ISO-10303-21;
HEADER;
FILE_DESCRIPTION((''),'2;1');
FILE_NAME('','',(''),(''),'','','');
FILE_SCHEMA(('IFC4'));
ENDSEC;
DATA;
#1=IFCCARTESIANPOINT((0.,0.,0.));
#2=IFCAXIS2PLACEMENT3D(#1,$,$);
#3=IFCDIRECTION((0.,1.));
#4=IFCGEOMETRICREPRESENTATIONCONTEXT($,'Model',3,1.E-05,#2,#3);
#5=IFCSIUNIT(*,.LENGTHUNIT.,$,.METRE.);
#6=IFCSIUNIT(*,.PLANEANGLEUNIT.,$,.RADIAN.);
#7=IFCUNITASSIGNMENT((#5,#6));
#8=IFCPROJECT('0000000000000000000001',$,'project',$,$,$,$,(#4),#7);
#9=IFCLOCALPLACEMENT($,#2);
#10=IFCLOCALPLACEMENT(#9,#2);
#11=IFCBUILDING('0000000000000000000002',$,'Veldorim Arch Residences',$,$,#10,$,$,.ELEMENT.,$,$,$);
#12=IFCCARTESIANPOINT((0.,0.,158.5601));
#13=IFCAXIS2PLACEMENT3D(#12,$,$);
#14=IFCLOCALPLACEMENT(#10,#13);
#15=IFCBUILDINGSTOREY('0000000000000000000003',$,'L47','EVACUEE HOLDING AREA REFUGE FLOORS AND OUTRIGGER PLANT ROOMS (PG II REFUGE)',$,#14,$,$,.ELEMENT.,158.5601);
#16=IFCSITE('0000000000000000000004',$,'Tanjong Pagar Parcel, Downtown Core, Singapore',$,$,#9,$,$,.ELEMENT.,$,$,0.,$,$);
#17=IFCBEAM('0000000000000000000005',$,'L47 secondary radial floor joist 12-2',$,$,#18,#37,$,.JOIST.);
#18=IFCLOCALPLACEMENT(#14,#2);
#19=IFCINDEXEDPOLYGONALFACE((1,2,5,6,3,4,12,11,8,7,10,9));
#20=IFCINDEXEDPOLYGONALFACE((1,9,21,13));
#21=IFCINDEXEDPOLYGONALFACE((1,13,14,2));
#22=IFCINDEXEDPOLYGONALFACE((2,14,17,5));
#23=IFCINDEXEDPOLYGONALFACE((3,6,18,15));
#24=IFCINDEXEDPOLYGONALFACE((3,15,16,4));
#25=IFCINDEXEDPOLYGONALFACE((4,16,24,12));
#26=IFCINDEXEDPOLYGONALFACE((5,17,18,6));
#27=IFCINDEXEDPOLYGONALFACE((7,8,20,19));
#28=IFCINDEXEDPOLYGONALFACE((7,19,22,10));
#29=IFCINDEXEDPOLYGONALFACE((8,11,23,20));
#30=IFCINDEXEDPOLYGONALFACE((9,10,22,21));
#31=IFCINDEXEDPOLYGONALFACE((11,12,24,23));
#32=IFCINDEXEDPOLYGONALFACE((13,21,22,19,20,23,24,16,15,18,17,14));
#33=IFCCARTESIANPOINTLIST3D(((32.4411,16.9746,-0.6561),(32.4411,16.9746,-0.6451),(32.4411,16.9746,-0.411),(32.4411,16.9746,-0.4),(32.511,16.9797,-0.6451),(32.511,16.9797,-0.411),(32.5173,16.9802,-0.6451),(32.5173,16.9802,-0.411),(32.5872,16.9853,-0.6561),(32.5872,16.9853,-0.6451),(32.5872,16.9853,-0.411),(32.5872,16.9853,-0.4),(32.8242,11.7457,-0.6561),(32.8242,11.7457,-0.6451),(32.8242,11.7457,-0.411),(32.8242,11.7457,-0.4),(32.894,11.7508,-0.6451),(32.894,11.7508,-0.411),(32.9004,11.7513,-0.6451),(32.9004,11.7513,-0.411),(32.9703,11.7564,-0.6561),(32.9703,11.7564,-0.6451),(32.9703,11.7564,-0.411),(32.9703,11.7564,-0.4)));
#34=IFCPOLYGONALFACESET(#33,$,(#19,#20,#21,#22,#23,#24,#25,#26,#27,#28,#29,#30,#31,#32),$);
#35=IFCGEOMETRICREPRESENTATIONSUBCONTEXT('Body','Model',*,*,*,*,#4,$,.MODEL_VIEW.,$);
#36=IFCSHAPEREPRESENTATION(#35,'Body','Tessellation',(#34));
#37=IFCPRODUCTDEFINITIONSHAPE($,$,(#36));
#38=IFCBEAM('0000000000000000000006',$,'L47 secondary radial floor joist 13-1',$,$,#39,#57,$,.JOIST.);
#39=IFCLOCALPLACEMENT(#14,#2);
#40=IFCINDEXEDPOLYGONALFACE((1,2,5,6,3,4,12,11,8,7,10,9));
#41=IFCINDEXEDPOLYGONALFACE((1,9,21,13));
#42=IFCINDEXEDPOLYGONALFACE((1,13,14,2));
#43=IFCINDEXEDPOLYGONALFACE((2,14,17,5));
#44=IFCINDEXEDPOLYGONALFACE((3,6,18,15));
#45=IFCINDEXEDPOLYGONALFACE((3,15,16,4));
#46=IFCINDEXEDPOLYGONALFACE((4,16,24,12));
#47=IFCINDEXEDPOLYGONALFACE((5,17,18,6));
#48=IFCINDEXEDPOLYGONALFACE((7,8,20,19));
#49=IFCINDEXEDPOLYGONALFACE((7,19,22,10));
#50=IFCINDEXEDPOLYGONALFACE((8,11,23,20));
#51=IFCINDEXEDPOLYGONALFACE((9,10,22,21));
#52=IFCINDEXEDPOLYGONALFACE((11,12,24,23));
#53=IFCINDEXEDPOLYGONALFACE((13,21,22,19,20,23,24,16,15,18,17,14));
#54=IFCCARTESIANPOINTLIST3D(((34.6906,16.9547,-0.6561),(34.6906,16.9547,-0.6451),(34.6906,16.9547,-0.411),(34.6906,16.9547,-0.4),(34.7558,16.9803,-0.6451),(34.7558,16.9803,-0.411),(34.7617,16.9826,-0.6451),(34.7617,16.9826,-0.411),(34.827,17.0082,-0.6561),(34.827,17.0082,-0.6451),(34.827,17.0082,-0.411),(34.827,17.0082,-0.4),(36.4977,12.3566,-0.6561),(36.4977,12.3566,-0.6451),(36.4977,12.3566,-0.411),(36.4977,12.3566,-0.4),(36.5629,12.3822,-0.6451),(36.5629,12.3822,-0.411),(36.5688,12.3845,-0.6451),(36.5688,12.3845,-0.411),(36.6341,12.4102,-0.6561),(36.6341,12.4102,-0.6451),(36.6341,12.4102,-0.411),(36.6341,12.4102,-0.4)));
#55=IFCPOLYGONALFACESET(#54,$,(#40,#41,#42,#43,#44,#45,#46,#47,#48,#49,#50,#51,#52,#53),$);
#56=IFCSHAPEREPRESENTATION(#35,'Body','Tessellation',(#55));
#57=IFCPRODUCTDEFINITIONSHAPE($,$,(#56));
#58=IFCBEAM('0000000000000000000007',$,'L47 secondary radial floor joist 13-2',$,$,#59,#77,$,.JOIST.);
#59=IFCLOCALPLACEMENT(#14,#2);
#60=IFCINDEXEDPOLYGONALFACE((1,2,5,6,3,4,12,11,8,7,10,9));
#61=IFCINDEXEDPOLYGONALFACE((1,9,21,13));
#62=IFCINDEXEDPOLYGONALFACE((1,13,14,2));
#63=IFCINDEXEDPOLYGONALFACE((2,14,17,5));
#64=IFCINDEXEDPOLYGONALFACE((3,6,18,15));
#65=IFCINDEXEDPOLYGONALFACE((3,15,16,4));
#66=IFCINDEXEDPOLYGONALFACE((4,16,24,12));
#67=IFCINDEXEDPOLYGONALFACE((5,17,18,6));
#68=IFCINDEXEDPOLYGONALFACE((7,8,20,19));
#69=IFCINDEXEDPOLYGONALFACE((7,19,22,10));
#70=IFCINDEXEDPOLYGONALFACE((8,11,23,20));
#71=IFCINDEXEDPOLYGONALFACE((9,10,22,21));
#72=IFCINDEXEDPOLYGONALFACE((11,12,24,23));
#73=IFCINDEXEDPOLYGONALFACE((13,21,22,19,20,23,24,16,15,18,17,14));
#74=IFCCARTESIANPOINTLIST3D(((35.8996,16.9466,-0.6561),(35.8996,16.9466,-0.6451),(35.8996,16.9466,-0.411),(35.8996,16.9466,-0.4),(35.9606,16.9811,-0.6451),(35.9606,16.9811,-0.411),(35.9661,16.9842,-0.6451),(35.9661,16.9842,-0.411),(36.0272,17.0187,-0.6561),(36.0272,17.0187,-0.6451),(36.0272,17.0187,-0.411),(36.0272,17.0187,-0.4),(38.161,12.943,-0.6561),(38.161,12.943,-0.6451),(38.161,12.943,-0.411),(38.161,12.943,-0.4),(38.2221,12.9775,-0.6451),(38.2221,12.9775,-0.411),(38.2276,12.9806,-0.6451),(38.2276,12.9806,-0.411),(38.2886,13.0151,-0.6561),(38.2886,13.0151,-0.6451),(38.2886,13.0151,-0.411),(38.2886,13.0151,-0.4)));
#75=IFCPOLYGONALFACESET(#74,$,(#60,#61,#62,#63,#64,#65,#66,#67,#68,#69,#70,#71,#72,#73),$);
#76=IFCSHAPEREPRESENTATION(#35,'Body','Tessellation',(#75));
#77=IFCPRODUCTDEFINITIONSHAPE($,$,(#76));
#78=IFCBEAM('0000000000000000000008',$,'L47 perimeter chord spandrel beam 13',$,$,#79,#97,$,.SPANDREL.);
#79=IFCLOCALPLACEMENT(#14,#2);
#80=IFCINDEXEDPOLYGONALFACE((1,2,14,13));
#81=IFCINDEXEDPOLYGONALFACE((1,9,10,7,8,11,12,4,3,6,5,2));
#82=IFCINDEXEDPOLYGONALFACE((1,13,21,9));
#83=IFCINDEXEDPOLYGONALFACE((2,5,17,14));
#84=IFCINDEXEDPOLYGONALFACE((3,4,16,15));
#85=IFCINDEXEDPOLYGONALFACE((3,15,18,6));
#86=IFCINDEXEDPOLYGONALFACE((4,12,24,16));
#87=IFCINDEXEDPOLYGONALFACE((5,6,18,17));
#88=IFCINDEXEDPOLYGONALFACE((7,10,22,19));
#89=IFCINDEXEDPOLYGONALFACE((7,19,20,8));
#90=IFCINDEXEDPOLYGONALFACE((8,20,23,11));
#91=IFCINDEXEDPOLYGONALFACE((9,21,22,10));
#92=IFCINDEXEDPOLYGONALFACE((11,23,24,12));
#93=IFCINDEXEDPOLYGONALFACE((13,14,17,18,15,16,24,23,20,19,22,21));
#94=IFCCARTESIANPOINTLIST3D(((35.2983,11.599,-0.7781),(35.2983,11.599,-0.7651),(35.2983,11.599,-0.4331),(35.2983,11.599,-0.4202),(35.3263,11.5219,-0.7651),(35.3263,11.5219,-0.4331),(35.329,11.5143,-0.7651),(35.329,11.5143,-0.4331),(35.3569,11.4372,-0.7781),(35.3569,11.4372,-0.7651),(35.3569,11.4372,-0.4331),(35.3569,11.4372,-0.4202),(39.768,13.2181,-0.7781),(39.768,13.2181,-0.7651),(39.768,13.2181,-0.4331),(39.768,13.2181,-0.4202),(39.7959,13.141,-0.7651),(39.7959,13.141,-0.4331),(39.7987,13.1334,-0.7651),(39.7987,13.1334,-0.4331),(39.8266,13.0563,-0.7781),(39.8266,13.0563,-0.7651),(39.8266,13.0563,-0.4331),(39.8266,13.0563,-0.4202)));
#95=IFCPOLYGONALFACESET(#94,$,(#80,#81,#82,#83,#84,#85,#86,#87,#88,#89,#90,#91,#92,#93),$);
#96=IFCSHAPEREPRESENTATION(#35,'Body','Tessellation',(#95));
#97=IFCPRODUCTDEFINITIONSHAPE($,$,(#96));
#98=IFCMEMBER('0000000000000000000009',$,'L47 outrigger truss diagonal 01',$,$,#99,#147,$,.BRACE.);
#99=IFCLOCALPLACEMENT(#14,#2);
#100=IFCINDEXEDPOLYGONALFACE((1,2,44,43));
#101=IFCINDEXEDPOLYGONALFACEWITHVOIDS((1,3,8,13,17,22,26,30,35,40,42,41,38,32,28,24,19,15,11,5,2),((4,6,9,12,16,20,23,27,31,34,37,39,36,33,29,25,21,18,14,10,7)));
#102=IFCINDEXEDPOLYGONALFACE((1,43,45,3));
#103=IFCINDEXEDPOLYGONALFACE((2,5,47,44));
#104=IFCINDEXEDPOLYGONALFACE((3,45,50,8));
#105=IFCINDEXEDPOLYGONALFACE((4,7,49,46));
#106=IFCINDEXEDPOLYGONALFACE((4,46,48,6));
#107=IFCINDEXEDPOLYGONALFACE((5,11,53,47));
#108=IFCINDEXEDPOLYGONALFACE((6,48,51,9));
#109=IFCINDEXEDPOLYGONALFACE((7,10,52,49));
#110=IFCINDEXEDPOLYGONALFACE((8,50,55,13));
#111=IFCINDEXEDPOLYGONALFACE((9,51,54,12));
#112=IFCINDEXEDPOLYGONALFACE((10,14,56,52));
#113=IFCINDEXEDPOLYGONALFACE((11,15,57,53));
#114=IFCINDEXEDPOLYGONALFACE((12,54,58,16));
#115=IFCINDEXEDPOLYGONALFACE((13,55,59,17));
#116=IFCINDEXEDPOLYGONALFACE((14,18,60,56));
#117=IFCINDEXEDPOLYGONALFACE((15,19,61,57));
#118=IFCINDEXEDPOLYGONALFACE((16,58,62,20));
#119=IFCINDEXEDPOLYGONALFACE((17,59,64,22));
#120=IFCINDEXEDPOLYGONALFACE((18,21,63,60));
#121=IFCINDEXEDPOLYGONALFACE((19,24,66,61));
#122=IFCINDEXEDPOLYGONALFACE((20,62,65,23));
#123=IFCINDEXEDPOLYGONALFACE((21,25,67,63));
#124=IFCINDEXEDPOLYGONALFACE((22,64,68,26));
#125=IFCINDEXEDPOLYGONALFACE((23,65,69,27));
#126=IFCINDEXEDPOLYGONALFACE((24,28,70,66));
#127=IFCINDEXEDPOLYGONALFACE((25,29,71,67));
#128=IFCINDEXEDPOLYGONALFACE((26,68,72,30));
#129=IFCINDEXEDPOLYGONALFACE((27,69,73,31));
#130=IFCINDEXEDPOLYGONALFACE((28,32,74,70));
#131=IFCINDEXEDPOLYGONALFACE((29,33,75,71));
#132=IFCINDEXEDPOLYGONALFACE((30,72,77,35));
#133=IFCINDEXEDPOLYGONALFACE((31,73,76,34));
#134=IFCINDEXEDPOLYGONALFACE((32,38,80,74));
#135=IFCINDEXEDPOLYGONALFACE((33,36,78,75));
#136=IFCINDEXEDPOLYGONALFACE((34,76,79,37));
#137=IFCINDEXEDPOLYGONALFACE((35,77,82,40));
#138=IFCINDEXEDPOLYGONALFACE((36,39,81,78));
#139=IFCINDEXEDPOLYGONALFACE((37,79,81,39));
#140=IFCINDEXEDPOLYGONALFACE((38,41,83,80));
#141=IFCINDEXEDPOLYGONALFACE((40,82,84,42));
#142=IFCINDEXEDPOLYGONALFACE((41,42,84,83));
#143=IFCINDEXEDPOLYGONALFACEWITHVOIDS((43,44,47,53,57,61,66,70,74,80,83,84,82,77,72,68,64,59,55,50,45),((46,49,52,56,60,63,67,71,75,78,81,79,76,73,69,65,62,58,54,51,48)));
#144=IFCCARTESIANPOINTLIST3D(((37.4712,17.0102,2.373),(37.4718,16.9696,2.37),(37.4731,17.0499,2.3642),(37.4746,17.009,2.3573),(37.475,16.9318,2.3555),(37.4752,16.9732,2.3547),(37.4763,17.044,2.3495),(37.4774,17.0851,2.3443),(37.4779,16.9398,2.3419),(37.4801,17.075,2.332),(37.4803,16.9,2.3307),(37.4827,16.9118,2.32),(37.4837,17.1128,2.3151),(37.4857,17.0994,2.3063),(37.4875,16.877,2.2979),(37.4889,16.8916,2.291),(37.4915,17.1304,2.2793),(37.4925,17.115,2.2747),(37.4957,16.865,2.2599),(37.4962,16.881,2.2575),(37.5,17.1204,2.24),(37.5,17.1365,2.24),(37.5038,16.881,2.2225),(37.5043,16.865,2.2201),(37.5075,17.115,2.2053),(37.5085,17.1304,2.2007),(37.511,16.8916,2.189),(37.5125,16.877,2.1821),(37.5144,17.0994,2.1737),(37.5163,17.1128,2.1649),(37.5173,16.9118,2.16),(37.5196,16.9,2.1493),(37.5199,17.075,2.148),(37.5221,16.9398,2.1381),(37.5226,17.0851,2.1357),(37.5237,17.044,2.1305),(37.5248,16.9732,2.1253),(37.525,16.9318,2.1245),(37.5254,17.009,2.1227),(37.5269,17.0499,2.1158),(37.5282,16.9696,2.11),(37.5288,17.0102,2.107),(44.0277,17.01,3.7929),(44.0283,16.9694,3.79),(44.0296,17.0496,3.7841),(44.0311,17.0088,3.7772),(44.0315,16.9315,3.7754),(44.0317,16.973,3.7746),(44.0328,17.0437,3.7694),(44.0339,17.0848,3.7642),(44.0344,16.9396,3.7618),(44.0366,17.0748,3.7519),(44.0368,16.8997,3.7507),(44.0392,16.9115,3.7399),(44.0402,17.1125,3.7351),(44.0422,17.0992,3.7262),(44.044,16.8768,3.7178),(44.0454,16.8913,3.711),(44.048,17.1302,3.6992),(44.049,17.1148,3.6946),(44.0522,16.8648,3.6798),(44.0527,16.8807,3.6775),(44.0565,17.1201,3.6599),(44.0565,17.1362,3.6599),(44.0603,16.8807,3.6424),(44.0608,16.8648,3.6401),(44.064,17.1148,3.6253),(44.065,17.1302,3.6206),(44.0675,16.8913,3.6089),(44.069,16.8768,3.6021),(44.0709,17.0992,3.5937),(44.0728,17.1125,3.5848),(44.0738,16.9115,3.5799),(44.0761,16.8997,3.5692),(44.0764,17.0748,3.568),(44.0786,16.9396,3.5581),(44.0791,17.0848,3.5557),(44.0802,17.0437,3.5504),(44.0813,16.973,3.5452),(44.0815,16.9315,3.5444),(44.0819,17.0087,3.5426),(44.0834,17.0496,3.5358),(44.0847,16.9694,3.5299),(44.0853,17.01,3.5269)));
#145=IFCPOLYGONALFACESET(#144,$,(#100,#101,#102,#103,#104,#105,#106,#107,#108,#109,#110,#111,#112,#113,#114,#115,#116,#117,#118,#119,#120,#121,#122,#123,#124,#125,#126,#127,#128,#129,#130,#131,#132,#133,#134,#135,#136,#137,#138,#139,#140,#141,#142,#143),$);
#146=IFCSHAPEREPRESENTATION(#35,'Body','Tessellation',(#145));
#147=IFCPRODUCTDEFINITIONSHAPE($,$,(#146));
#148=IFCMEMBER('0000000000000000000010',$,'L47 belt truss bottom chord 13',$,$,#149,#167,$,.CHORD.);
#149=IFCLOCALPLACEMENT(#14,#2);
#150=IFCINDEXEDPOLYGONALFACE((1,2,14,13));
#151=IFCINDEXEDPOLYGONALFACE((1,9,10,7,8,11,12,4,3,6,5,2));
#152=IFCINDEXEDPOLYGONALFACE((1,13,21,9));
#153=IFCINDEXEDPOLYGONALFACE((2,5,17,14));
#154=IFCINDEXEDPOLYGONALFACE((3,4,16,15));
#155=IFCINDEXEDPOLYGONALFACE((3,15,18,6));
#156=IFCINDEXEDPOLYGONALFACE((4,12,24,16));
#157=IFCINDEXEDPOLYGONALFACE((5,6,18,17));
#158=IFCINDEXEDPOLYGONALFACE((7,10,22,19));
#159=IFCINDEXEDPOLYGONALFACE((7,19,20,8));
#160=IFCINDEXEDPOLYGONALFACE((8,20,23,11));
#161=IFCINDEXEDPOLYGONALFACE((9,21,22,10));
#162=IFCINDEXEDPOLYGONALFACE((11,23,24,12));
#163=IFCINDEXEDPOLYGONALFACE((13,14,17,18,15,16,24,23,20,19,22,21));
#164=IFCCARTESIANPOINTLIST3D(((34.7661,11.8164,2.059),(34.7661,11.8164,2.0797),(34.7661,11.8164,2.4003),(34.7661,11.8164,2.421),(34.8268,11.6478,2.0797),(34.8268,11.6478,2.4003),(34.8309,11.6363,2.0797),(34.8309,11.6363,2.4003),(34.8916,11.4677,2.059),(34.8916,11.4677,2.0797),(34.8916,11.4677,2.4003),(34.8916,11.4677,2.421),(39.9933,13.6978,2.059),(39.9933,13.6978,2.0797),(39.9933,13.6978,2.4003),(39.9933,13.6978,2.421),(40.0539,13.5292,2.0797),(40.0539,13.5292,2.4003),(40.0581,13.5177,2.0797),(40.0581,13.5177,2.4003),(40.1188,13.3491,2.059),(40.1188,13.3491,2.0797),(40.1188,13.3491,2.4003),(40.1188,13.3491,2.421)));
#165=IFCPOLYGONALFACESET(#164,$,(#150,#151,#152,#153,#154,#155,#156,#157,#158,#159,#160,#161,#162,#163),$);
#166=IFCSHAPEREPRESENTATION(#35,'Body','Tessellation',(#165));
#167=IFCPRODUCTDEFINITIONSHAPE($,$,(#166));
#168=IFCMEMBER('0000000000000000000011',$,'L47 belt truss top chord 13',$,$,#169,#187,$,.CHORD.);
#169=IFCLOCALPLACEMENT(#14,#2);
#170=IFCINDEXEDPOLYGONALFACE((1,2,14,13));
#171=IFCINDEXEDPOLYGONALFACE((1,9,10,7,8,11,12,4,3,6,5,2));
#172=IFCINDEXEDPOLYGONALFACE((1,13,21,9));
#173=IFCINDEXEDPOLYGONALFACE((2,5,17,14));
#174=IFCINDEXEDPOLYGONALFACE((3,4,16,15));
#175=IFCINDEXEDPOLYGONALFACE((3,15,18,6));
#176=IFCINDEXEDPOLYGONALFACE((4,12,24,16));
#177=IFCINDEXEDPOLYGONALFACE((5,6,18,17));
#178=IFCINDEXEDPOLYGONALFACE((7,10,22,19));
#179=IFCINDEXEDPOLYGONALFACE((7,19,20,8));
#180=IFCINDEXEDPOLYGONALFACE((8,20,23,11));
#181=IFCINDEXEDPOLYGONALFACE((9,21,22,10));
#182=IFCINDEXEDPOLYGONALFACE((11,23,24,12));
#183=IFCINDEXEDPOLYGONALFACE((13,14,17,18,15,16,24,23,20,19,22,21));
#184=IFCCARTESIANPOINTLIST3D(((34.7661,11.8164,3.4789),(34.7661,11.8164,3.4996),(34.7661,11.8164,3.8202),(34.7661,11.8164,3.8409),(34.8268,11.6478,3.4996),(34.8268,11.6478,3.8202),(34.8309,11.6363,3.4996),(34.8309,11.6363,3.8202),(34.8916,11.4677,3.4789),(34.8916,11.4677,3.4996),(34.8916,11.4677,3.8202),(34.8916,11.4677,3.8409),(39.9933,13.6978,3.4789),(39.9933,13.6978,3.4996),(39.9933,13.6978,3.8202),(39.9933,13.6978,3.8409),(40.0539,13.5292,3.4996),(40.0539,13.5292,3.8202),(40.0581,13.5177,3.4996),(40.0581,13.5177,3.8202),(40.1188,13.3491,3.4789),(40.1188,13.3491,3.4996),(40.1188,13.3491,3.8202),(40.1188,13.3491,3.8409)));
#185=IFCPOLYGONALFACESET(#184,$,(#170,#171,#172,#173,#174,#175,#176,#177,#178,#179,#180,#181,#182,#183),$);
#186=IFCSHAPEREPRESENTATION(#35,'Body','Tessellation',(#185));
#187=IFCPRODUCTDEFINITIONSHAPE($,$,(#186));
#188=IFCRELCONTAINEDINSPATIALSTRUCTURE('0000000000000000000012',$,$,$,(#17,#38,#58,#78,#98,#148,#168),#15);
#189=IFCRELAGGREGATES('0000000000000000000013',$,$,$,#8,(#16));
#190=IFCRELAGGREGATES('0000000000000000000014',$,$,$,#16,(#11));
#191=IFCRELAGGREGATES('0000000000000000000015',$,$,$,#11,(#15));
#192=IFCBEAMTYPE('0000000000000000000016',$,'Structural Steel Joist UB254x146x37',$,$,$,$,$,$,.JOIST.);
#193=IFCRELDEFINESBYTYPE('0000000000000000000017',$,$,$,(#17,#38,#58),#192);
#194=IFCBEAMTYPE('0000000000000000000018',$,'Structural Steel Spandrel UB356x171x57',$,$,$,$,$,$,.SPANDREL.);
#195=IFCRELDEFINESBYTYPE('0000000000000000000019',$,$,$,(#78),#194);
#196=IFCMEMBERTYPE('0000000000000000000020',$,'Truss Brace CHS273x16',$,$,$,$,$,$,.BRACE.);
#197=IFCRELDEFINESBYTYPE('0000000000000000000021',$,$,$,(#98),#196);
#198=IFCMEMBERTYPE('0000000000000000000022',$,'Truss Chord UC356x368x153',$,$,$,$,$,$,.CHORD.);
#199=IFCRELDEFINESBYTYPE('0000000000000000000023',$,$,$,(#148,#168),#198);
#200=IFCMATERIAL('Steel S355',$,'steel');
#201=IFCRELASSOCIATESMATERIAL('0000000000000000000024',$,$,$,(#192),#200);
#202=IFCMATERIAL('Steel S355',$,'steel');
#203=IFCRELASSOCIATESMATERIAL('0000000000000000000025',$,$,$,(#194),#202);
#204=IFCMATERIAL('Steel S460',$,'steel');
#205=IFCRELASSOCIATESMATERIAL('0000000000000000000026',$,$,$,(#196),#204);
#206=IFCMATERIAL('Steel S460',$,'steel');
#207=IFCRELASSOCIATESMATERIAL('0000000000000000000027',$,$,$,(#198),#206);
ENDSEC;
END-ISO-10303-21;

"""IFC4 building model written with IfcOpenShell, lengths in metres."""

from ifc_helpers import new_model, si_unit, direction, frame, origin, origin_2d, place, context, subcontext, project, spatial, hollow_circle, i_section, extrude, material, material_profile, profile_set, type_object, element, save


model = new_model("IFC4")

# Units and contexts
model_context = context("Model", 3, precision=1e-05, world=origin(), true_north=direction((0.0, 1.0)))
body_context = subcontext(model_context, "Body", "Model", "MODEL_VIEW")
ifc_project = project(units=[si_unit("LENGTHUNIT", "METRE"), si_unit("PLANEANGLEUNIT", "RADIAN")], contexts=[model_context])

# Site, building, storey
site_placement = place(None, origin())
site = spatial("IfcSite", under=ifc_project, at=site_placement, Name="Tanjong Pagar Parcel, Downtown Core, Singapore", CompositionType="ELEMENT", RefElevation=0.0)
building_placement = place(site_placement, origin())
building = spatial("IfcBuilding", under=site, at=building_placement, Name="Veldorim Arch Residences", CompositionType="ELEMENT")
storey_placement = place(building_placement, frame((0.0, 0.0, 158.5601)))
storey = spatial("IfcBuildingStorey", under=building, at=storey_placement, Name="L47", Description="EVACUEE HOLDING AREA REFUGE FLOORS AND OUTRIGGER PLANT ROOMS (PG II REFUGE)", CompositionType="ELEMENT", Elevation=158.5601)

# Beams
ifc_material_1 = material(Name="Steel S355", Category="steel")
ifc_material_profile_1 = material_profile(ifc_material_1, i_section(OverallWidth=0.1465, OverallDepth=0.2561, WebThickness=0.0063, FlangeThickness=0.011, at=origin_2d()), Name="UB254x146x37")
ifc_profile_set_1 = profile_set([ifc_material_profile_1], Name="Steel S355")
beam_type_1 = type_object("IfcBeamType", Name="Structural Steel Joist UB254x146x37", PredefinedType="JOIST", material=ifc_profile_set_1)
for number, where, z_axis, x_axis, name in (
    (1, (32.5142, 16.98, -0.5281), (0.07306, -0.997328, 0.0), (0.997328, 0.07306, 0.0), "L47 secondary radial floor joist 12-2"),
):
    element("IfcBeam", number, at=place(storey_placement, frame(where, z_axis=z_axis, x_axis=x_axis)), inside=storey, type_object=beam_type_1, Name=name, PredefinedType="JOIST", context=body_context, shape_type="SweptSolid", body=[
        extrude(i_section(OverallWidth=0.1465, OverallDepth=0.2561, WebThickness=0.0063, FlangeThickness=0.011, at=origin_2d()), origin(), (0.0, 0.0, 1.0), 5.2429),
    ])
beam_1_placement = place(storey_placement, frame((34.7588, 16.9814, -0.5281), z_axis=(0.365778, -0.930702, 0.0), x_axis=(0.930702, 0.365778, 0.0)))
element("IfcBeam", 2, at=beam_1_placement, inside=storey, type_object=beam_type_1, Name="L47 secondary radial floor joist 13-1", PredefinedType="JOIST", context=body_context, shape_type="SweptSolid", body=[
    extrude(i_section(OverallWidth=0.1465, OverallDepth=0.2561, WebThickness=0.0063, FlangeThickness=0.011, at=origin_2d()), origin(), (0.0, 0.0, 1.0), 4.9404),
])
beam_2_placement = place(storey_placement, frame((35.9634, 16.9827, -0.5281), z_axis=(0.491816, -0.870699, 0.0), x_axis=(0.870699, 0.491816, 0.0)))
element("IfcBeam", 3, at=beam_2_placement, inside=storey, type_object=beam_type_1, Name="L47 secondary radial floor joist 13-2", PredefinedType="JOIST", context=body_context, shape_type="SweptSolid", body=[
    extrude(i_section(OverallWidth=0.1465, OverallDepth=0.2561, WebThickness=0.0063, FlangeThickness=0.011, at=origin_2d()), origin(), (0.0, 0.0, 1.0), 4.5981),
])
ifc_material_2 = material(Name="Steel S355", Category="steel")
ifc_material_profile_2 = material_profile(ifc_material_2, i_section(OverallWidth=0.1721, OverallDepth=0.3579, WebThickness=0.0081, FlangeThickness=0.0129, at=origin_2d()), Name="UB356x171x57")
ifc_profile_set_2 = profile_set([ifc_material_profile_2], Name="Steel S355")
beam_type_2 = type_object("IfcBeamType", Name="Structural Steel Spandrel UB356x171x57", PredefinedType="SPANDREL", material=ifc_profile_set_2)
beam_3_placement = place(storey_placement, frame((35.3276, 11.5181, -0.5991), z_axis=(0.940213, 0.340588, 0.0), x_axis=(-0.340588, 0.940213, 0.0)))
element("IfcBeam", 4, at=beam_3_placement, inside=storey, type_object=beam_type_2, Name="L47 perimeter chord spandrel beam 13", PredefinedType="SPANDREL", context=body_context, shape_type="SweptSolid", body=[
    extrude(i_section(OverallWidth=0.1721, OverallDepth=0.3579, WebThickness=0.0081, FlangeThickness=0.0129, at=origin_2d()), origin(), (0.0, 0.0, 1.0), 4.7539),
])

# Members
ifc_material_3 = material(Name="Steel S460", Category="steel")
ifc_material_profile_3 = material_profile(ifc_material_3, hollow_circle(Radius=0.1365, WallThickness=0.0161, at=origin_2d()), Name="CHS273x16")
ifc_profile_set_3 = profile_set([ifc_material_profile_3], Name="Steel S460")
member_type_1 = type_object("IfcMemberType", Name="Truss Brace CHS273x16", PredefinedType="BRACE", material=ifc_profile_set_3)
member_1_placement = place(storey_placement, frame((37.5, 17.0, 2.24), z_axis=(0.977343, -0.000036, 0.211664), x_axis=(0.000037, 1.0, 0.0)))
element("IfcMember", 5, at=member_1_placement, inside=storey, type_object=member_type_1, Name="L47 outrigger truss diagonal 01", PredefinedType="BRACE", context=body_context, shape_type="SweptSolid", body=[
    extrude(hollow_circle(Radius=0.1365, WallThickness=0.0161, at=origin_2d()), origin(), (0.0, 0.0, 1.0), 6.7085),
])
ifc_material_4 = material(Name="Steel S460", Category="steel")
ifc_material_profile_4 = material_profile(ifc_material_4, i_section(OverallWidth=0.3706, OverallDepth=0.3621, WebThickness=0.0122, FlangeThickness=0.0208, at=origin_2d()), Name="UC356x368x153")
ifc_profile_set_4 = profile_set([ifc_material_profile_4], Name="Steel S460")
member_type_2 = type_object("IfcMemberType", Name="Truss Chord UC356x368x153", PredefinedType="CHORD", material=ifc_profile_set_4)
for number, where, z_axis, x_axis, name in (
    (6, (34.8289, 11.6421, 2.24), (0.94091, 0.338657, 0.0), (-0.338657, 0.94091, 0.0), "L47 belt truss bottom chord 13"),
    (7, (34.8289, 11.6421, 3.6599), (0.94091, 0.338657, 0.0), (-0.338657, 0.94091, 0.0), "L47 belt truss top chord 13"),
):
    element("IfcMember", number, at=place(storey_placement, frame(where, z_axis=z_axis, x_axis=x_axis)), inside=storey, type_object=member_type_2, Name=name, PredefinedType="CHORD", context=body_context, shape_type="SweptSolid", body=[
        extrude(i_section(OverallWidth=0.3706, OverallDepth=0.3621, WebThickness=0.0122, FlangeThickness=0.0208, at=origin_2d()), origin(), (0.0, 0.0, 1.0), 5.5554),
    ])

save(model, "model.ifc")
